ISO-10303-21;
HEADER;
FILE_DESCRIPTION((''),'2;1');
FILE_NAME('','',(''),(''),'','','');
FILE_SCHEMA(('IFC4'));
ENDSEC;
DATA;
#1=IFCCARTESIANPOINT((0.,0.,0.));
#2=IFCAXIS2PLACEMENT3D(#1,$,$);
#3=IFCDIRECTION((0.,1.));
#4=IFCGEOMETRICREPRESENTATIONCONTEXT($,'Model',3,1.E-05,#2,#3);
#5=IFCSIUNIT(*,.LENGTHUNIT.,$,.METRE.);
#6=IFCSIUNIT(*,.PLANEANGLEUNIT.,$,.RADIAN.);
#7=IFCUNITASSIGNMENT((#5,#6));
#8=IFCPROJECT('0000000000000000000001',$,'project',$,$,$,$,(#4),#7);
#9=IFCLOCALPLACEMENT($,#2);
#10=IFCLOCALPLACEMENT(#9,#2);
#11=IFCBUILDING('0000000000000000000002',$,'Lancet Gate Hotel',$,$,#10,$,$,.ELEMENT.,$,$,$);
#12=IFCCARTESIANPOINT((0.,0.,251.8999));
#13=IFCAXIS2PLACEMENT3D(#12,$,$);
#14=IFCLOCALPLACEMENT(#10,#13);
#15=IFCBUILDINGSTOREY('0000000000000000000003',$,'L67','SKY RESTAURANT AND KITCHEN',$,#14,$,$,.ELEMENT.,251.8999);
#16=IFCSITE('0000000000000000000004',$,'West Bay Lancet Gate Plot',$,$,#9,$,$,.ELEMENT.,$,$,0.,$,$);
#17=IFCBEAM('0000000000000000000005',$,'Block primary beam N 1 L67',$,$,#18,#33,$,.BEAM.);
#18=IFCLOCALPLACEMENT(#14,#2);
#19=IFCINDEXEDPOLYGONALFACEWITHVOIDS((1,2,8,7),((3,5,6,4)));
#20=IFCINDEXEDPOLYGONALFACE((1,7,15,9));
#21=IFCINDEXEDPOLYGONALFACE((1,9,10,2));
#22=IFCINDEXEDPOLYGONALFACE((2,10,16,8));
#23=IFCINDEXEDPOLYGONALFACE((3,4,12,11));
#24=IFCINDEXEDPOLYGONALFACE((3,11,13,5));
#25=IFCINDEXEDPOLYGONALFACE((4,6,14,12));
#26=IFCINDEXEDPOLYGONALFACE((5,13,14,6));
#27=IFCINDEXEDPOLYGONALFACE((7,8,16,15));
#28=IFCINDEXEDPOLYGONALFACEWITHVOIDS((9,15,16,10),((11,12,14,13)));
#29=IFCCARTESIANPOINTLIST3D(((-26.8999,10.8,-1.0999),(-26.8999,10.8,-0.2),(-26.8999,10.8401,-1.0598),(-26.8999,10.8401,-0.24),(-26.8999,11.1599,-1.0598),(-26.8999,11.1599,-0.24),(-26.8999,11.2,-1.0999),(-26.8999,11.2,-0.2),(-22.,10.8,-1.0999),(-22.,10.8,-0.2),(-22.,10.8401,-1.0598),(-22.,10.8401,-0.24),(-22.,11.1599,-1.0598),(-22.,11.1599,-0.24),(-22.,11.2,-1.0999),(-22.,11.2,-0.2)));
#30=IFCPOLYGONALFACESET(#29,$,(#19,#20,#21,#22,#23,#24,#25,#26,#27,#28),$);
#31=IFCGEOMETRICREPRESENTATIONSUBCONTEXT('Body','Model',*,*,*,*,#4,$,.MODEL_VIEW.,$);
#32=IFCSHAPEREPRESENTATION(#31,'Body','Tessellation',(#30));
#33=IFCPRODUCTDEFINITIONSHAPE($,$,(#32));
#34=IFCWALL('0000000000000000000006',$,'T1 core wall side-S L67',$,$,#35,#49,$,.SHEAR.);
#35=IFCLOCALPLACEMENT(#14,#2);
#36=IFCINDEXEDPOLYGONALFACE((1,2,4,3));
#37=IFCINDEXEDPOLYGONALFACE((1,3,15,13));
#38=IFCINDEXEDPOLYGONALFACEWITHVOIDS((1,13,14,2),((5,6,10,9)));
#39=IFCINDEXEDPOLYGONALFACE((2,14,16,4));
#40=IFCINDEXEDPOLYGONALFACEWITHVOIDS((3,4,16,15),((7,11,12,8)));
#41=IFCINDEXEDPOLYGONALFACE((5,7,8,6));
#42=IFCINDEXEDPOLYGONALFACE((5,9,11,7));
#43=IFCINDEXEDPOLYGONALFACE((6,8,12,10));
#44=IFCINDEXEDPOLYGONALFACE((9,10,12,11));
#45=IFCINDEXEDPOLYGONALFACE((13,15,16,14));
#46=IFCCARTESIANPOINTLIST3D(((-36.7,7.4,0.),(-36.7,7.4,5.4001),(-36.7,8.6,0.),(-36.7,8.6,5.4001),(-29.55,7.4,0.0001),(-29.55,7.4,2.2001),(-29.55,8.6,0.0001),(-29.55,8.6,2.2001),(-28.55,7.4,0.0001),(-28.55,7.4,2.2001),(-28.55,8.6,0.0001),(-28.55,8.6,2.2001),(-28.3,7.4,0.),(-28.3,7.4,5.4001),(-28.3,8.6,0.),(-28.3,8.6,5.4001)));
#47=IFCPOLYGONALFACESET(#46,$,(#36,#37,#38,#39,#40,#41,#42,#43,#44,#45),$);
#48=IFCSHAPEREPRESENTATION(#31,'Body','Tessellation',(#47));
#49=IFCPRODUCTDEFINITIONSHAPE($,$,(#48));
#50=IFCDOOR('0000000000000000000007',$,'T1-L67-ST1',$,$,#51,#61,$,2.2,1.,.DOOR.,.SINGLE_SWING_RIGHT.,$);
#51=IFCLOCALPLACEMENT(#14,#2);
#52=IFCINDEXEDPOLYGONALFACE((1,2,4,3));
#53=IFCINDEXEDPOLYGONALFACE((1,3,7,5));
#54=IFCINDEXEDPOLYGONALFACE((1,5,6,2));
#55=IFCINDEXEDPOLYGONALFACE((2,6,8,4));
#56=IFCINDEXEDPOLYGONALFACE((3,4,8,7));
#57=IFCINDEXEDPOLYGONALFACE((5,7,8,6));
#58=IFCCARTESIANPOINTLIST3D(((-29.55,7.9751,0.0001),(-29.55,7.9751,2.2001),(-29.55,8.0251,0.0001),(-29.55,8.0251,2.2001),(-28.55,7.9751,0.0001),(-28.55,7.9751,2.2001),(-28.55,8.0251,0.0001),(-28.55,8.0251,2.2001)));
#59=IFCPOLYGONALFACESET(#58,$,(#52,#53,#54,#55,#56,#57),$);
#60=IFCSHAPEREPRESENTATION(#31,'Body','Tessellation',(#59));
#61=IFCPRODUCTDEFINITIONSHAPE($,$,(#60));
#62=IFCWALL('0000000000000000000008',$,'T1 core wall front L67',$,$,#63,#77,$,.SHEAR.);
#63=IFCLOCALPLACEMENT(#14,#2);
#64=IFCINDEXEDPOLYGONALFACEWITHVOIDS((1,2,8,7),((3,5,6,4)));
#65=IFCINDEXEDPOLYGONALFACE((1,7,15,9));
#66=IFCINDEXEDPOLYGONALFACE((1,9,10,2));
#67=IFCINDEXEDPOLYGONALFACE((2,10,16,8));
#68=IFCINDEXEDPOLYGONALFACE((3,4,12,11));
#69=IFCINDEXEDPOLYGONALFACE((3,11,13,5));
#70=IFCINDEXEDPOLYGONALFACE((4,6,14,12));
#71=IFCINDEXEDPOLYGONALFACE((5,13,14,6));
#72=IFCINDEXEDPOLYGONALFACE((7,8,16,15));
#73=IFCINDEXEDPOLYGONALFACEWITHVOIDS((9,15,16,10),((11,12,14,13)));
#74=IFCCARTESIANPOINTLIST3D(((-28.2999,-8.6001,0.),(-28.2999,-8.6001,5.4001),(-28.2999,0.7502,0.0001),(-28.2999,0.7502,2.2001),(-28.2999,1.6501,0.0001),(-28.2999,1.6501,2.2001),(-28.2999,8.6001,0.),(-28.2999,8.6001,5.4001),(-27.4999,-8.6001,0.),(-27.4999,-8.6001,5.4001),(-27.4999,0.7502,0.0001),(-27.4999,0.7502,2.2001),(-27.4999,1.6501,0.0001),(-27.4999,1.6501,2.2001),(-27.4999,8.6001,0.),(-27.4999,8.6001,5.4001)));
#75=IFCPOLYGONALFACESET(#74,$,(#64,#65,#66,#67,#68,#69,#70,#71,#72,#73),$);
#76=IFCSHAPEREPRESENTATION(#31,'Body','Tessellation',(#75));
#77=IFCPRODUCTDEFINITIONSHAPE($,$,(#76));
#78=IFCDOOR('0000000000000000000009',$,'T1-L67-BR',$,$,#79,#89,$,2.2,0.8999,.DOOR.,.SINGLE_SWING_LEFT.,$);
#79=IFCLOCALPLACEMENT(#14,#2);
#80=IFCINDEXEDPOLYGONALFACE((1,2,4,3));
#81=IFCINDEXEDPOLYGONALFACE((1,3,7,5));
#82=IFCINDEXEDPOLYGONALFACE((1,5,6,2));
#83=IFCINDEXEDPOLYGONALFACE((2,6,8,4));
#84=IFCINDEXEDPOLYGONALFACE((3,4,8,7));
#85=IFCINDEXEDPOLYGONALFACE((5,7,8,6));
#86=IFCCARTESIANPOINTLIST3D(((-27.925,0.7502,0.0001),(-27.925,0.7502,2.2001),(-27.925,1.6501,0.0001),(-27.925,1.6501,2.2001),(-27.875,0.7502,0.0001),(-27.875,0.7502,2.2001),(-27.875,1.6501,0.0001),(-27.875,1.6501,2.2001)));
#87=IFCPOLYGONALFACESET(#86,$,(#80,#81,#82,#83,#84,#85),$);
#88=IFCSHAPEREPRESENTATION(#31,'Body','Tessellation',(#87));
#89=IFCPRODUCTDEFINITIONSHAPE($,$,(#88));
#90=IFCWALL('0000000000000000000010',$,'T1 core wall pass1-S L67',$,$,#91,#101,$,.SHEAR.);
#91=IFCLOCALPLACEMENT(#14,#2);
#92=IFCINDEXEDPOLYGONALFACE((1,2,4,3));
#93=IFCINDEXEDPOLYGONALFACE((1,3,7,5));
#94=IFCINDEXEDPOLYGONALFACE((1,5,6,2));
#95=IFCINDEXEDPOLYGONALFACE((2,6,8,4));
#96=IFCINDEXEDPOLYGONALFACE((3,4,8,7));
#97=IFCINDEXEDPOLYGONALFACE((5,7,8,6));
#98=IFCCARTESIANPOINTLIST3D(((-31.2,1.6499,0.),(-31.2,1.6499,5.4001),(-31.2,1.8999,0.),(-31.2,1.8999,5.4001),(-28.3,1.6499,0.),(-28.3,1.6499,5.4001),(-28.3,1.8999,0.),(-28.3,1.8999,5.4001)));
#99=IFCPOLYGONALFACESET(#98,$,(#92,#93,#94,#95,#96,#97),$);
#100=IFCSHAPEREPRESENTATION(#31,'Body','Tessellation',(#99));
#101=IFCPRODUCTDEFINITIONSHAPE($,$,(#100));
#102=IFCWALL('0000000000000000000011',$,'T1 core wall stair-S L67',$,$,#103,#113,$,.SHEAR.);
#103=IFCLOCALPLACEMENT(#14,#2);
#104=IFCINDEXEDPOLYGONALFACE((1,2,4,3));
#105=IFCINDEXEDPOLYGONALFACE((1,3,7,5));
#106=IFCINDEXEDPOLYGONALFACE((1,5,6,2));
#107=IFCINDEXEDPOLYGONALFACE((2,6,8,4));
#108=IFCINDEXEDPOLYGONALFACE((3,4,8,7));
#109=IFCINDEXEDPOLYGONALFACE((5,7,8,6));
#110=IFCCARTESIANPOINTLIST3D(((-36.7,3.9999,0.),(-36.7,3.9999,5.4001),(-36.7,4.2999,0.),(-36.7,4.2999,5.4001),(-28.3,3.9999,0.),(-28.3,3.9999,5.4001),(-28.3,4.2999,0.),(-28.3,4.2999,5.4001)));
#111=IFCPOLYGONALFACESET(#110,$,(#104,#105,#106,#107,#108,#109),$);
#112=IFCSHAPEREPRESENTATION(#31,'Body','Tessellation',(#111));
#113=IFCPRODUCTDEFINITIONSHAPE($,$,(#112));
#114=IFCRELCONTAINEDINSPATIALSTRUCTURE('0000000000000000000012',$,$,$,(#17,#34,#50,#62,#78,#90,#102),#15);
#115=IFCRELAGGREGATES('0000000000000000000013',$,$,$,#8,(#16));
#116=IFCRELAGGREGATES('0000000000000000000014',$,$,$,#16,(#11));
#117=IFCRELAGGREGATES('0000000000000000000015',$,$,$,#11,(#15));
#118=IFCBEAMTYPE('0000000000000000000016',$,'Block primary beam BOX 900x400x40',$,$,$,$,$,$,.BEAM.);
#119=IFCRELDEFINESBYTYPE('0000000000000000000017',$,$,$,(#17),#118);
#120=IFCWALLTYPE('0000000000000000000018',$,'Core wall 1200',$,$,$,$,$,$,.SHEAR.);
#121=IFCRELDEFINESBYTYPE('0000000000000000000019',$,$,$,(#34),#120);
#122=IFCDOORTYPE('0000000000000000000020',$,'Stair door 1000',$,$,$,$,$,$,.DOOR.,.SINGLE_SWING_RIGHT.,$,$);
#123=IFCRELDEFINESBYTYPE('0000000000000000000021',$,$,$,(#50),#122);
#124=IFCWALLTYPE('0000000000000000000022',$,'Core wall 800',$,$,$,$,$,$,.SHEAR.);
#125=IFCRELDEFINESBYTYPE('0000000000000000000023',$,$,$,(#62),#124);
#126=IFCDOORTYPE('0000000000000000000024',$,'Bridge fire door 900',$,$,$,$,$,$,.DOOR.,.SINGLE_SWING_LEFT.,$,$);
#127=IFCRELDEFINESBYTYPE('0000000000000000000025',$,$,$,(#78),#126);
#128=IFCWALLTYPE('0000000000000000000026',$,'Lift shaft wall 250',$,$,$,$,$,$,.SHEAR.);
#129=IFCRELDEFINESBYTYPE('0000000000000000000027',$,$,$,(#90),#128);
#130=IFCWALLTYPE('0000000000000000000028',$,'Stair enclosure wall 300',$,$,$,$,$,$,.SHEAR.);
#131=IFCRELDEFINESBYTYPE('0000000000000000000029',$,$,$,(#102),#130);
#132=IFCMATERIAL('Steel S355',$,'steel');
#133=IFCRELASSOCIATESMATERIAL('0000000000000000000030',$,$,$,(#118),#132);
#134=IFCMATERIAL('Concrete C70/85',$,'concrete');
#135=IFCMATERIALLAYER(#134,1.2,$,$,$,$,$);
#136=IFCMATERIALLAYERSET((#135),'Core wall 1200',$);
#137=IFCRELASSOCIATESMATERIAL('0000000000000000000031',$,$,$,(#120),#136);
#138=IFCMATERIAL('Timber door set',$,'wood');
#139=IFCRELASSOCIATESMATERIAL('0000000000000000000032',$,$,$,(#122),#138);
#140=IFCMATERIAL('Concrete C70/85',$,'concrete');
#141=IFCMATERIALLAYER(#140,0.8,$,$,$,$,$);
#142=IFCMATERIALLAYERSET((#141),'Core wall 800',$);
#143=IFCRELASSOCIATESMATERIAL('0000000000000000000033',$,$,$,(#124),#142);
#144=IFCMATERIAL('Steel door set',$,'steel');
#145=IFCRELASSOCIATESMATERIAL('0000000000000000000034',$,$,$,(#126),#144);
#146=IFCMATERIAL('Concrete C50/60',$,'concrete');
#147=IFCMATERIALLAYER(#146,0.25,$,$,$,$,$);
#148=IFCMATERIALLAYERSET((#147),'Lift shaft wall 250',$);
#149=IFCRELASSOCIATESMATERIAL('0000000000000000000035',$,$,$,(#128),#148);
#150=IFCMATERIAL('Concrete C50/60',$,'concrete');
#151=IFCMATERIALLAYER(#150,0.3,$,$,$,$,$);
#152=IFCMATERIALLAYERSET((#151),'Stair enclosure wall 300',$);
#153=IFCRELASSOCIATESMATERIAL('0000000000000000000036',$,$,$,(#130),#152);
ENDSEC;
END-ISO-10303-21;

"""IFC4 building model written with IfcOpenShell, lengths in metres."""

from ifc_helpers import new_model, si_unit, direction, frame, frame_2d, origin, origin_2d, place, context, subcontext, project, spatial, rectangle, hollow_rectangle, extrude, material, layer, layer_set, material_profile, profile_set, type_object, element, fill, save


model = new_model("IFC4")

# Units and contexts
model_context = context("Model", 3, precision=1e-05, world=origin(), true_north=direction((0.0, 1.0)))
body_context = subcontext(model_context, "Body", "Model", "MODEL_VIEW")
ifc_project = project(units=[si_unit("LENGTHUNIT", "METRE"), si_unit("PLANEANGLEUNIT", "RADIAN")], contexts=[model_context])

# Site, building, storey
site_placement = place(None, origin())
site = spatial("IfcSite", under=ifc_project, at=site_placement, Name="West Bay Lancet Gate Plot", CompositionType="ELEMENT", RefElevation=0.0)
building_placement = place(site_placement, origin())
building = spatial("IfcBuilding", under=site, at=building_placement, Name="Lancet Gate Hotel", CompositionType="ELEMENT")
storey_placement = place(building_placement, frame((0.0, 0.0, 251.8999)))
storey = spatial("IfcBuildingStorey", under=building, at=storey_placement, Name="L67", Description="SKY RESTAURANT AND KITCHEN", CompositionType="ELEMENT", Elevation=251.8999)

# Beam
ifc_material_1 = material(Name="Steel S355", Category="steel")
ifc_material_profile_1 = material_profile(ifc_material_1, hollow_rectangle(XDim=0.3999, YDim=0.8999, WallThickness=0.04, at=origin_2d()), Name="BOX 900x400x40")
ifc_profile_set_1 = profile_set([ifc_material_profile_1], Name="Steel S355")
beam_type_1 = type_object("IfcBeamType", Name="Block primary beam BOX 900x400x40", PredefinedType="BEAM", material=ifc_profile_set_1)
beam_1_placement = place(storey_placement, frame((-26.8999, 11.0, -0.6499), z_axis=(1.0, 0.0, 0.0), x_axis=(0.0, 1.0, 0.0)))
element("IfcBeam", 1, at=beam_1_placement, inside=storey, type_object=beam_type_1, Name="Block primary beam N 1 L67", PredefinedType="BEAM", context=body_context, shape_type="SweptSolid", body=[
    extrude(hollow_rectangle(XDim=0.3999, YDim=0.8999, WallThickness=0.04, at=origin_2d()), origin(), (0.0, 0.0, 1.0), 4.8999),
])

# Walls, openings, doors
ifc_material_2 = material(Name="Concrete C70/85", Category="concrete")
ifc_layer_1 = layer(ifc_material_2, 1.2)
ifc_layer_set_1 = layer_set([ifc_layer_1], Name="Core wall 1200")
wall_type_1 = type_object("IfcWallType", Name="Core wall 1200", PredefinedType="SHEAR", material=ifc_layer_set_1)
wall_1_placement = place(storey_placement, frame((-28.3, 8.0, 0.0), z_axis=(0.0, 0.0, 1.0), x_axis=(-1.0, 0.0, 0.0)))
wall_1 = element("IfcWall", 2, at=wall_1_placement, inside=storey, type_object=wall_type_1, Name="T1 core wall side-S L67", PredefinedType="SHEAR", context=body_context, shape_type="SweptSolid", body=[
    extrude(rectangle(XDim=8.3999, YDim=1.2, at=frame_2d((4.2, 0.0))), origin(), (0.0, 0.0, 1.0), 5.4001),
])
opening_1_placement = place(wall_1_placement, frame((0.25, 0.0, 0.0)))
opening_1 = element("IfcOpeningElement", 3, at=opening_1_placement, cuts=wall_1, PredefinedType="OPENING", context=body_context, shape_type="SweptSolid", body=[
    extrude(rectangle(XDim=1.0, YDim=2.2, at=frame_2d((0.5, 1.1001))), frame((0.0, 0.6099, 0.0), z_axis=(0.0, -1.0, 0.0), x_axis=(1.0, 0.0, 0.0)), (0.0, 0.0, 1.0), 1.22),
])
ifc_material_3 = material(Name="Timber door set", Category="wood")
door_type_1 = type_object("IfcDoorType", Name="Stair door 1000", OperationType="SINGLE_SWING_RIGHT", PredefinedType="DOOR", material=ifc_material_3)
door_1_placement = place(opening_1_placement, origin())
door_1 = element("IfcDoor", 4, at=door_1_placement, inside=storey, type_object=door_type_1, Name="T1-L67-ST1", OperationType="SINGLE_SWING_RIGHT", OverallHeight=2.2, OverallWidth=1.0, PredefinedType="DOOR", context=body_context, shape_type="SweptSolid", body=[
    extrude(rectangle(XDim=1.0, YDim=2.2, at=frame_2d((0.5, 1.1001))), frame((0.0, 0.0249, 0.0), z_axis=(0.0, -1.0, 0.0), x_axis=(1.0, 0.0, 0.0)), (0.0, 0.0, 1.0), 0.05),
])
fill(opening_1, door_1)
ifc_material_4 = material(Name="Concrete C70/85", Category="concrete")
ifc_layer_2 = layer(ifc_material_4, 0.8)
ifc_layer_set_2 = layer_set([ifc_layer_2], Name="Core wall 800")
wall_type_2 = type_object("IfcWallType", Name="Core wall 800", PredefinedType="SHEAR", material=ifc_layer_set_2)
wall_2_placement = place(storey_placement, frame((-27.8999, 8.6001, 0.0), z_axis=(0.0, 0.0, 1.0), x_axis=(0.0, -1.0, 0.0)))
wall_2 = element("IfcWall", 5, at=wall_2_placement, inside=storey, type_object=wall_type_2, Name="T1 core wall front L67", PredefinedType="SHEAR", context=body_context, shape_type="SweptSolid", body=[
    extrude(rectangle(XDim=17.2002, YDim=0.8, at=frame_2d((8.6001, 0.0))), origin(), (0.0, 0.0, 1.0), 5.4001),
])
opening_2_placement = place(wall_2_placement, frame((6.95, 0.0, 0.0)))
opening_2 = element("IfcOpeningElement", 6, at=opening_2_placement, cuts=wall_2, PredefinedType="OPENING", context=body_context, shape_type="SweptSolid", body=[
    extrude(rectangle(XDim=0.8999, YDim=2.2, at=frame_2d((0.45, 1.1001))), frame((0.0, 0.4099, 0.0), z_axis=(0.0, -1.0, 0.0), x_axis=(1.0, 0.0, 0.0)), (0.0, 0.0, 1.0), 0.8201),
])
ifc_material_5 = material(Name="Steel door set", Category="steel")
door_type_2 = type_object("IfcDoorType", Name="Bridge fire door 900", OperationType="SINGLE_SWING_LEFT", PredefinedType="DOOR", material=ifc_material_5)
door_2_placement = place(opening_2_placement, origin())
door_2 = element("IfcDoor", 7, at=door_2_placement, inside=storey, type_object=door_type_2, Name="T1-L67-BR", OperationType="SINGLE_SWING_LEFT", OverallHeight=2.2, OverallWidth=0.8999, PredefinedType="DOOR", context=body_context, shape_type="SweptSolid", body=[
    extrude(rectangle(XDim=0.8999, YDim=2.2, at=frame_2d((0.45, 1.1001))), frame((0.0, 0.0249, 0.0), z_axis=(0.0, -1.0, 0.0), x_axis=(1.0, 0.0, 0.0)), (0.0, 0.0, 1.0), 0.05),
])
fill(opening_2, door_2)

# Walls
ifc_material_6 = material(Name="Concrete C50/60", Category="concrete")
ifc_layer_3 = layer(ifc_material_6, 0.25)
ifc_layer_set_3 = layer_set([ifc_layer_3], Name="Lift shaft wall 250")
wall_type_3 = type_object("IfcWallType", Name="Lift shaft wall 250", PredefinedType="SHEAR", material=ifc_layer_set_3)
wall_3_placement = place(storey_placement, frame((-28.3, 1.7749, 0.0), z_axis=(0.0, 0.0, 1.0), x_axis=(-1.0, 0.0, 0.0)))
element("IfcWall", 8, at=wall_3_placement, inside=storey, type_object=wall_type_3, Name="T1 core wall pass1-S L67", PredefinedType="SHEAR", context=body_context, shape_type="SweptSolid", body=[
    extrude(rectangle(XDim=2.8999, YDim=0.25, at=frame_2d((1.45, 0.0))), origin(), (0.0, 0.0, 1.0), 5.4001),
])
ifc_material_7 = material(Name="Concrete C50/60", Category="concrete")
ifc_layer_4 = layer(ifc_material_7, 0.3)
ifc_layer_set_4 = layer_set([ifc_layer_4], Name="Stair enclosure wall 300")
wall_type_4 = type_object("IfcWallType", Name="Stair enclosure wall 300", PredefinedType="SHEAR", material=ifc_layer_set_4)
wall_4_placement = place(storey_placement, frame((-28.3, 4.1499, 0.0), z_axis=(0.0, 0.0, 1.0), x_axis=(-1.0, 0.0, 0.0)))
element("IfcWall", 9, at=wall_4_placement, inside=storey, type_object=wall_type_4, Name="T1 core wall stair-S L67", PredefinedType="SHEAR", context=body_context, shape_type="SweptSolid", body=[
    extrude(rectangle(XDim=8.3999, YDim=0.3, at=frame_2d((4.2, 0.0))), origin(), (0.0, 0.0, 1.0), 5.4001),
])

save(model, "model.ifc")
